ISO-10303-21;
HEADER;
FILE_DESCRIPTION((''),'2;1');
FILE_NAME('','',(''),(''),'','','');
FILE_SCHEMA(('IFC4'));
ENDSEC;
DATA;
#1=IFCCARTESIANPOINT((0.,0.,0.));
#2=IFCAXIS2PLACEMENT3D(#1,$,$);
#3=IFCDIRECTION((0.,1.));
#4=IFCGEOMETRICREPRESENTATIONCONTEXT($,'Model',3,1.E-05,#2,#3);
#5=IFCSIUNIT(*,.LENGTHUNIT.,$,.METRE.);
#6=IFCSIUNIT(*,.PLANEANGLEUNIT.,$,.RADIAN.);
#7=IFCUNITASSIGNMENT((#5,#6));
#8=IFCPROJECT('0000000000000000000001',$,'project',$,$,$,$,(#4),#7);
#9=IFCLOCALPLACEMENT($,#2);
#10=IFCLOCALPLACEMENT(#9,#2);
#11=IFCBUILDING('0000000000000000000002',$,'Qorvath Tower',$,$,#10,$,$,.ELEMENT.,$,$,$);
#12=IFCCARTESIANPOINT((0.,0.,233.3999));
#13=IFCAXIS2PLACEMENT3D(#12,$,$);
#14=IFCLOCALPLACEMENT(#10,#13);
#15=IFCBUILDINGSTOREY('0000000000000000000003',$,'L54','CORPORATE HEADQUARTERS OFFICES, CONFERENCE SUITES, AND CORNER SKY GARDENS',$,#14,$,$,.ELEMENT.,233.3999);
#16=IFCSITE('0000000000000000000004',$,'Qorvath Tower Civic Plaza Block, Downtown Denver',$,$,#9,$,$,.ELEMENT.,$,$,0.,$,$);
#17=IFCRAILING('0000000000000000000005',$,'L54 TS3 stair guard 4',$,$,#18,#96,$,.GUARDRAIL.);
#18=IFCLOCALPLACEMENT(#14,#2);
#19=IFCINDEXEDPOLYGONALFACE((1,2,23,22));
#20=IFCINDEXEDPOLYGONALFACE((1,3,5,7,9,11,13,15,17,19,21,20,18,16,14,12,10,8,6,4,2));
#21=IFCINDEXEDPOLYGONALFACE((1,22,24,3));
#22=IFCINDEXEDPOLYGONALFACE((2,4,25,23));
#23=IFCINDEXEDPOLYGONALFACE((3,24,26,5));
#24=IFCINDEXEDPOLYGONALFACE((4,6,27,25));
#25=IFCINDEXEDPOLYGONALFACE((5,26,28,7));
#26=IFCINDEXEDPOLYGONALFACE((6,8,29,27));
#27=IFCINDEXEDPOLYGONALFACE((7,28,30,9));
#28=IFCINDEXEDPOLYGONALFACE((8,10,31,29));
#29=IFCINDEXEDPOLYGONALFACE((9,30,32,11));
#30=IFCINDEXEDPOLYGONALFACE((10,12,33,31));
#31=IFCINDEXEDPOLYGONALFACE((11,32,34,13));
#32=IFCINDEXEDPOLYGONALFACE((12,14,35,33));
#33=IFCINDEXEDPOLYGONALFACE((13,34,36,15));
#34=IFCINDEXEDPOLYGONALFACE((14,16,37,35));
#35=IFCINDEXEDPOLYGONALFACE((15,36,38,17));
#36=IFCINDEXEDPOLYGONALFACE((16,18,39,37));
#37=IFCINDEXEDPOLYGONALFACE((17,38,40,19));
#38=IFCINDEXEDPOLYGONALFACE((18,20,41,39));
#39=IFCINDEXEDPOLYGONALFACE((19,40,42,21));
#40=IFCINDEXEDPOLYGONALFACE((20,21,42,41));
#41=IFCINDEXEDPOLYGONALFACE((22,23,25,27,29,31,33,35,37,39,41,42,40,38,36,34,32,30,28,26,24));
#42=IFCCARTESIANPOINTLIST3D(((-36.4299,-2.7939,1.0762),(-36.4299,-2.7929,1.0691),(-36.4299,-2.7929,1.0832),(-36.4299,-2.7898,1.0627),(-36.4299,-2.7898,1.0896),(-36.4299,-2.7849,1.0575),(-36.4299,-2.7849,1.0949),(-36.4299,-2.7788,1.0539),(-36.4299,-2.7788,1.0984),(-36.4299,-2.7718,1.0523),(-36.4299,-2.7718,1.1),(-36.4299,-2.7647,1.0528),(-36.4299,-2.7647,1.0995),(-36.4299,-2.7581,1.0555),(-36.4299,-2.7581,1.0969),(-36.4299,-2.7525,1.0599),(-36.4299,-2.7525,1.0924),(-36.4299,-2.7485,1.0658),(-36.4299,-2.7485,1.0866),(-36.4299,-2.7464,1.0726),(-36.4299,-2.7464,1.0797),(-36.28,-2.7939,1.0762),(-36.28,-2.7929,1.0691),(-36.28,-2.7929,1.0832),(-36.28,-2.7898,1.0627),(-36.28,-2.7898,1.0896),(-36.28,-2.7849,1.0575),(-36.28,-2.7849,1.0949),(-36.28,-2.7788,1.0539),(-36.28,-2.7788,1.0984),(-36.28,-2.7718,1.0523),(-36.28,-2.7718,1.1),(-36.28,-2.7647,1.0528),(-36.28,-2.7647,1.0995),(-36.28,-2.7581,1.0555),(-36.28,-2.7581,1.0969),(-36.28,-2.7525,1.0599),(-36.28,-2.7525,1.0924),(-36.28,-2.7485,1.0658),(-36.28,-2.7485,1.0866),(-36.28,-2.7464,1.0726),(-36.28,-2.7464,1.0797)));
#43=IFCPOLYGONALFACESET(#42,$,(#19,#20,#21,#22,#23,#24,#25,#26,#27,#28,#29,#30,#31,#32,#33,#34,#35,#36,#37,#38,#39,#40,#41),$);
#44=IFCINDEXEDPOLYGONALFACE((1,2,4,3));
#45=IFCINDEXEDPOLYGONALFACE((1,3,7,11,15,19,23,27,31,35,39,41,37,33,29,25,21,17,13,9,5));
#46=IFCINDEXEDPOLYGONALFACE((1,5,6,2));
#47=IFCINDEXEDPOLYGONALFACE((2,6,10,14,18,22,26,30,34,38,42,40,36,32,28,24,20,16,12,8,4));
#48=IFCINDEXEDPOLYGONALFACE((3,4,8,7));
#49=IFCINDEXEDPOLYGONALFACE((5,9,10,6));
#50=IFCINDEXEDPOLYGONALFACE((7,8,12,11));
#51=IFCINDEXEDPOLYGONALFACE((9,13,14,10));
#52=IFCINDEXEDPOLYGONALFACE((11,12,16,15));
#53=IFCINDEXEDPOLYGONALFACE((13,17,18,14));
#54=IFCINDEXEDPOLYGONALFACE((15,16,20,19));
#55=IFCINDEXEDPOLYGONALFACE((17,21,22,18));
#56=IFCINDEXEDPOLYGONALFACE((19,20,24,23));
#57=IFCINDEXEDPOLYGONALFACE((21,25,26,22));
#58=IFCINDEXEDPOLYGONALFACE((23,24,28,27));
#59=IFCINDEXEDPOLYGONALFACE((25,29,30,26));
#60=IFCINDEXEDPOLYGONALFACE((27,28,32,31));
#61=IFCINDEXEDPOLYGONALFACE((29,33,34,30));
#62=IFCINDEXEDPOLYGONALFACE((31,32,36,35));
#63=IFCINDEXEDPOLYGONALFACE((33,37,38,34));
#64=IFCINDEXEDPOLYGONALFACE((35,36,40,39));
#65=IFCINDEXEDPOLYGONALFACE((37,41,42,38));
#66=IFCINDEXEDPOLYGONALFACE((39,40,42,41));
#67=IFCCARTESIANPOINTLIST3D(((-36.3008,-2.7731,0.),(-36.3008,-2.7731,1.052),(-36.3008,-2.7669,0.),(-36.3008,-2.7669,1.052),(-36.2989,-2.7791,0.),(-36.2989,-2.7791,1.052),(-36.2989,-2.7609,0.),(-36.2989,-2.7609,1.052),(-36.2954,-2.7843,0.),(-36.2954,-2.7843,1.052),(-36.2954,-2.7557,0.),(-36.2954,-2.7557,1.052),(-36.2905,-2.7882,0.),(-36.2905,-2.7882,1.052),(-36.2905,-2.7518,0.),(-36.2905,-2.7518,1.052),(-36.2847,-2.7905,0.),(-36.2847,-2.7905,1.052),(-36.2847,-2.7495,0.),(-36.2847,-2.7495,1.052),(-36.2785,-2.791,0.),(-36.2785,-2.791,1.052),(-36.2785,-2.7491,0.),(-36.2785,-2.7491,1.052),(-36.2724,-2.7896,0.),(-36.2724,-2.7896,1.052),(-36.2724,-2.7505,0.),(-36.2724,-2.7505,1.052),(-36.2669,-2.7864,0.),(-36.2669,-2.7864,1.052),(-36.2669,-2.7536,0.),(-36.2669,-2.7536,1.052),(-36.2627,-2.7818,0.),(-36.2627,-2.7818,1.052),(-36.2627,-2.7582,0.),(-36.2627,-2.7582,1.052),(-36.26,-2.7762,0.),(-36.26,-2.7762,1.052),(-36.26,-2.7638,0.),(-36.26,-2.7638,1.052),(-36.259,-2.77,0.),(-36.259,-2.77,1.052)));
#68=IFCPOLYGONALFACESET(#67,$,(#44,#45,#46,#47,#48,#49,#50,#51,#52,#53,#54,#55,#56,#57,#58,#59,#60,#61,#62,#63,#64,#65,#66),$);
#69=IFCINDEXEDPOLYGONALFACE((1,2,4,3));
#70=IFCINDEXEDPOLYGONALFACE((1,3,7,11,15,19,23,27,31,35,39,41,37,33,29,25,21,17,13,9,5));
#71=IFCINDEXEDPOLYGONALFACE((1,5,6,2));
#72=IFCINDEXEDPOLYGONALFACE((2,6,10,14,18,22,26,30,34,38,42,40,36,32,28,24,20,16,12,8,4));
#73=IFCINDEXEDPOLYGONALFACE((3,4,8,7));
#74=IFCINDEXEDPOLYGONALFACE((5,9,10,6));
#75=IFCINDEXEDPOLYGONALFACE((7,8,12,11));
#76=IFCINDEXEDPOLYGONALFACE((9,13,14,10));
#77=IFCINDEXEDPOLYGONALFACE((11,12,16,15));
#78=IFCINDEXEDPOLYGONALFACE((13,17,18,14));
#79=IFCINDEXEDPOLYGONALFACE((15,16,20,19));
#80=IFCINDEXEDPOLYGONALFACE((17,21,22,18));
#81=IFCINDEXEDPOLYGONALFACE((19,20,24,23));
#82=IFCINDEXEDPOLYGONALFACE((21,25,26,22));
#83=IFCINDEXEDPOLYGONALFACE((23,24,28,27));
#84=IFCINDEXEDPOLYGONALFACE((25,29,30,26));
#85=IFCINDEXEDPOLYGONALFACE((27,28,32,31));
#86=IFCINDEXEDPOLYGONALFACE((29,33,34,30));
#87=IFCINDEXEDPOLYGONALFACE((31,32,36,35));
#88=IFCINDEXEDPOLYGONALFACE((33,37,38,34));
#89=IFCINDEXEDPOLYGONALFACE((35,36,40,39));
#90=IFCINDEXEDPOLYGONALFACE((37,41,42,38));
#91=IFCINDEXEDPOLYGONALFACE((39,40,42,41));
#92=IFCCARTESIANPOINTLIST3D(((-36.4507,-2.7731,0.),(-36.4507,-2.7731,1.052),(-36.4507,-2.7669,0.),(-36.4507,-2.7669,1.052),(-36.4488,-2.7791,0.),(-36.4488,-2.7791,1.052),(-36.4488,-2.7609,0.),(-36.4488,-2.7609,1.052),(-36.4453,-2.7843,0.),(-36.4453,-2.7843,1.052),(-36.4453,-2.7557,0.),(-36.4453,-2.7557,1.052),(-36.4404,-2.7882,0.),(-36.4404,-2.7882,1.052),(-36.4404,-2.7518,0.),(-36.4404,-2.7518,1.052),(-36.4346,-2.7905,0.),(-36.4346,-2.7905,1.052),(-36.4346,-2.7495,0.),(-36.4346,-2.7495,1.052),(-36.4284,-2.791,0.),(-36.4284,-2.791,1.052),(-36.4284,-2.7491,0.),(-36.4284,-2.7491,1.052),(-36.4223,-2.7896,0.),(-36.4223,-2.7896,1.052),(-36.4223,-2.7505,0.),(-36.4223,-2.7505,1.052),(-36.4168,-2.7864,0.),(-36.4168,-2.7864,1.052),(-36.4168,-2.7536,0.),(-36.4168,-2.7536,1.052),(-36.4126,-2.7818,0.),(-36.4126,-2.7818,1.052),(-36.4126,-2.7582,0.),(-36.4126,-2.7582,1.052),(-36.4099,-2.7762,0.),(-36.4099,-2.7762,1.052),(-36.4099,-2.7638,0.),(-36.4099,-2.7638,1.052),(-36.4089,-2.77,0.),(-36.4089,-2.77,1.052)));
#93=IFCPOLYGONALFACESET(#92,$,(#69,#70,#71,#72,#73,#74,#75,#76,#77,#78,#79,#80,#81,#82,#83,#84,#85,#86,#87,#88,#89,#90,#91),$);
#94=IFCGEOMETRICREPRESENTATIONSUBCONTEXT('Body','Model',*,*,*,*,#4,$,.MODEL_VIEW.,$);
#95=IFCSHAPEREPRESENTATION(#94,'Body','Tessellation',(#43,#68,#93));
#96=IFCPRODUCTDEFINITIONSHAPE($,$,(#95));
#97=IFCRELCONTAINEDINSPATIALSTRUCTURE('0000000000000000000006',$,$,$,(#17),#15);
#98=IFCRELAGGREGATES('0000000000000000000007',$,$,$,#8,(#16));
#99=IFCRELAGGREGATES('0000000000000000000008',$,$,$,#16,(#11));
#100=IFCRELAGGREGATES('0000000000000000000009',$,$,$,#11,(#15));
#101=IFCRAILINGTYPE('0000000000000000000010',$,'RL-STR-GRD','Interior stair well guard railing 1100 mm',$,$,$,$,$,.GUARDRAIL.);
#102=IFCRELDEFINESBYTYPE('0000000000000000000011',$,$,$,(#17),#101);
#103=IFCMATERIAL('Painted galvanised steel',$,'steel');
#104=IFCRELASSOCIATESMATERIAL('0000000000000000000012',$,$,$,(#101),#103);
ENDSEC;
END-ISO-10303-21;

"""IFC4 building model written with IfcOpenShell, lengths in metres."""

from ifc_helpers import new_model, si_unit, direction, frame, origin, origin_2d, place, context, subcontext, project, spatial, circle, extrude, material, type_object, element, save


model = new_model("IFC4")

# Units and contexts
model_context = context("Model", 3, precision=1e-05, world=origin(), true_north=direction((0.0, 1.0)))
body_context = subcontext(model_context, "Body", "Model", "MODEL_VIEW")
ifc_project = project(units=[si_unit("LENGTHUNIT", "METRE"), si_unit("PLANEANGLEUNIT", "RADIAN")], contexts=[model_context])

# Site, building, storey
site_placement = place(None, origin())
site = spatial("IfcSite", under=ifc_project, at=site_placement, Name="Qorvath Tower Civic Plaza Block, Downtown Denver", CompositionType="ELEMENT", RefElevation=0.0)
building_placement = place(site_placement, origin())
building = spatial("IfcBuilding", under=site, at=building_placement, Name="Qorvath Tower", CompositionType="ELEMENT")
storey_placement = place(building_placement, frame((0.0, 0.0, 233.3999)))
storey = spatial("IfcBuildingStorey", under=building, at=storey_placement, Name="L54", Description="CORPORATE HEADQUARTERS OFFICES, CONFERENCE SUITES, AND CORNER SKY GARDENS", CompositionType="ELEMENT", Elevation=233.3999)

# Railing
ifc_material_1 = material(Name="Painted galvanised steel", Category="steel")
railing_type_1 = type_object("IfcRailingType", Name="RL-STR-GRD", Description="Interior stair well guard railing 1100 mm", PredefinedType="GUARDRAIL", material=ifc_material_1)
railing_1_placement = place(storey_placement, frame((-36.28, -2.77, 0.0)))
element("IfcRailing", 1, at=railing_1_placement, inside=storey, type_object=railing_type_1, Name="L54 TS3 stair guard 4", PredefinedType="GUARDRAIL", context=body_context, shape_type="SweptSolid", body=[
    extrude(circle(Radius=0.0239, at=origin_2d()), frame((0.0, 0.0, 1.0762), z_axis=(-1.0, 0.0, 0.0), x_axis=(0.0, -1.0, 0.0)), (0.0, 0.0, 1.0), 0.1499),
    extrude(circle(Radius=0.021, at=origin_2d()), origin(), (0.0, 0.0, 1.0), 1.052),
    extrude(circle(Radius=0.021, at=origin_2d()), frame((-0.1499, 0.0, 0.0)), (0.0, 0.0, 1.0), 1.052),
])

save(model, "model.ifc")
